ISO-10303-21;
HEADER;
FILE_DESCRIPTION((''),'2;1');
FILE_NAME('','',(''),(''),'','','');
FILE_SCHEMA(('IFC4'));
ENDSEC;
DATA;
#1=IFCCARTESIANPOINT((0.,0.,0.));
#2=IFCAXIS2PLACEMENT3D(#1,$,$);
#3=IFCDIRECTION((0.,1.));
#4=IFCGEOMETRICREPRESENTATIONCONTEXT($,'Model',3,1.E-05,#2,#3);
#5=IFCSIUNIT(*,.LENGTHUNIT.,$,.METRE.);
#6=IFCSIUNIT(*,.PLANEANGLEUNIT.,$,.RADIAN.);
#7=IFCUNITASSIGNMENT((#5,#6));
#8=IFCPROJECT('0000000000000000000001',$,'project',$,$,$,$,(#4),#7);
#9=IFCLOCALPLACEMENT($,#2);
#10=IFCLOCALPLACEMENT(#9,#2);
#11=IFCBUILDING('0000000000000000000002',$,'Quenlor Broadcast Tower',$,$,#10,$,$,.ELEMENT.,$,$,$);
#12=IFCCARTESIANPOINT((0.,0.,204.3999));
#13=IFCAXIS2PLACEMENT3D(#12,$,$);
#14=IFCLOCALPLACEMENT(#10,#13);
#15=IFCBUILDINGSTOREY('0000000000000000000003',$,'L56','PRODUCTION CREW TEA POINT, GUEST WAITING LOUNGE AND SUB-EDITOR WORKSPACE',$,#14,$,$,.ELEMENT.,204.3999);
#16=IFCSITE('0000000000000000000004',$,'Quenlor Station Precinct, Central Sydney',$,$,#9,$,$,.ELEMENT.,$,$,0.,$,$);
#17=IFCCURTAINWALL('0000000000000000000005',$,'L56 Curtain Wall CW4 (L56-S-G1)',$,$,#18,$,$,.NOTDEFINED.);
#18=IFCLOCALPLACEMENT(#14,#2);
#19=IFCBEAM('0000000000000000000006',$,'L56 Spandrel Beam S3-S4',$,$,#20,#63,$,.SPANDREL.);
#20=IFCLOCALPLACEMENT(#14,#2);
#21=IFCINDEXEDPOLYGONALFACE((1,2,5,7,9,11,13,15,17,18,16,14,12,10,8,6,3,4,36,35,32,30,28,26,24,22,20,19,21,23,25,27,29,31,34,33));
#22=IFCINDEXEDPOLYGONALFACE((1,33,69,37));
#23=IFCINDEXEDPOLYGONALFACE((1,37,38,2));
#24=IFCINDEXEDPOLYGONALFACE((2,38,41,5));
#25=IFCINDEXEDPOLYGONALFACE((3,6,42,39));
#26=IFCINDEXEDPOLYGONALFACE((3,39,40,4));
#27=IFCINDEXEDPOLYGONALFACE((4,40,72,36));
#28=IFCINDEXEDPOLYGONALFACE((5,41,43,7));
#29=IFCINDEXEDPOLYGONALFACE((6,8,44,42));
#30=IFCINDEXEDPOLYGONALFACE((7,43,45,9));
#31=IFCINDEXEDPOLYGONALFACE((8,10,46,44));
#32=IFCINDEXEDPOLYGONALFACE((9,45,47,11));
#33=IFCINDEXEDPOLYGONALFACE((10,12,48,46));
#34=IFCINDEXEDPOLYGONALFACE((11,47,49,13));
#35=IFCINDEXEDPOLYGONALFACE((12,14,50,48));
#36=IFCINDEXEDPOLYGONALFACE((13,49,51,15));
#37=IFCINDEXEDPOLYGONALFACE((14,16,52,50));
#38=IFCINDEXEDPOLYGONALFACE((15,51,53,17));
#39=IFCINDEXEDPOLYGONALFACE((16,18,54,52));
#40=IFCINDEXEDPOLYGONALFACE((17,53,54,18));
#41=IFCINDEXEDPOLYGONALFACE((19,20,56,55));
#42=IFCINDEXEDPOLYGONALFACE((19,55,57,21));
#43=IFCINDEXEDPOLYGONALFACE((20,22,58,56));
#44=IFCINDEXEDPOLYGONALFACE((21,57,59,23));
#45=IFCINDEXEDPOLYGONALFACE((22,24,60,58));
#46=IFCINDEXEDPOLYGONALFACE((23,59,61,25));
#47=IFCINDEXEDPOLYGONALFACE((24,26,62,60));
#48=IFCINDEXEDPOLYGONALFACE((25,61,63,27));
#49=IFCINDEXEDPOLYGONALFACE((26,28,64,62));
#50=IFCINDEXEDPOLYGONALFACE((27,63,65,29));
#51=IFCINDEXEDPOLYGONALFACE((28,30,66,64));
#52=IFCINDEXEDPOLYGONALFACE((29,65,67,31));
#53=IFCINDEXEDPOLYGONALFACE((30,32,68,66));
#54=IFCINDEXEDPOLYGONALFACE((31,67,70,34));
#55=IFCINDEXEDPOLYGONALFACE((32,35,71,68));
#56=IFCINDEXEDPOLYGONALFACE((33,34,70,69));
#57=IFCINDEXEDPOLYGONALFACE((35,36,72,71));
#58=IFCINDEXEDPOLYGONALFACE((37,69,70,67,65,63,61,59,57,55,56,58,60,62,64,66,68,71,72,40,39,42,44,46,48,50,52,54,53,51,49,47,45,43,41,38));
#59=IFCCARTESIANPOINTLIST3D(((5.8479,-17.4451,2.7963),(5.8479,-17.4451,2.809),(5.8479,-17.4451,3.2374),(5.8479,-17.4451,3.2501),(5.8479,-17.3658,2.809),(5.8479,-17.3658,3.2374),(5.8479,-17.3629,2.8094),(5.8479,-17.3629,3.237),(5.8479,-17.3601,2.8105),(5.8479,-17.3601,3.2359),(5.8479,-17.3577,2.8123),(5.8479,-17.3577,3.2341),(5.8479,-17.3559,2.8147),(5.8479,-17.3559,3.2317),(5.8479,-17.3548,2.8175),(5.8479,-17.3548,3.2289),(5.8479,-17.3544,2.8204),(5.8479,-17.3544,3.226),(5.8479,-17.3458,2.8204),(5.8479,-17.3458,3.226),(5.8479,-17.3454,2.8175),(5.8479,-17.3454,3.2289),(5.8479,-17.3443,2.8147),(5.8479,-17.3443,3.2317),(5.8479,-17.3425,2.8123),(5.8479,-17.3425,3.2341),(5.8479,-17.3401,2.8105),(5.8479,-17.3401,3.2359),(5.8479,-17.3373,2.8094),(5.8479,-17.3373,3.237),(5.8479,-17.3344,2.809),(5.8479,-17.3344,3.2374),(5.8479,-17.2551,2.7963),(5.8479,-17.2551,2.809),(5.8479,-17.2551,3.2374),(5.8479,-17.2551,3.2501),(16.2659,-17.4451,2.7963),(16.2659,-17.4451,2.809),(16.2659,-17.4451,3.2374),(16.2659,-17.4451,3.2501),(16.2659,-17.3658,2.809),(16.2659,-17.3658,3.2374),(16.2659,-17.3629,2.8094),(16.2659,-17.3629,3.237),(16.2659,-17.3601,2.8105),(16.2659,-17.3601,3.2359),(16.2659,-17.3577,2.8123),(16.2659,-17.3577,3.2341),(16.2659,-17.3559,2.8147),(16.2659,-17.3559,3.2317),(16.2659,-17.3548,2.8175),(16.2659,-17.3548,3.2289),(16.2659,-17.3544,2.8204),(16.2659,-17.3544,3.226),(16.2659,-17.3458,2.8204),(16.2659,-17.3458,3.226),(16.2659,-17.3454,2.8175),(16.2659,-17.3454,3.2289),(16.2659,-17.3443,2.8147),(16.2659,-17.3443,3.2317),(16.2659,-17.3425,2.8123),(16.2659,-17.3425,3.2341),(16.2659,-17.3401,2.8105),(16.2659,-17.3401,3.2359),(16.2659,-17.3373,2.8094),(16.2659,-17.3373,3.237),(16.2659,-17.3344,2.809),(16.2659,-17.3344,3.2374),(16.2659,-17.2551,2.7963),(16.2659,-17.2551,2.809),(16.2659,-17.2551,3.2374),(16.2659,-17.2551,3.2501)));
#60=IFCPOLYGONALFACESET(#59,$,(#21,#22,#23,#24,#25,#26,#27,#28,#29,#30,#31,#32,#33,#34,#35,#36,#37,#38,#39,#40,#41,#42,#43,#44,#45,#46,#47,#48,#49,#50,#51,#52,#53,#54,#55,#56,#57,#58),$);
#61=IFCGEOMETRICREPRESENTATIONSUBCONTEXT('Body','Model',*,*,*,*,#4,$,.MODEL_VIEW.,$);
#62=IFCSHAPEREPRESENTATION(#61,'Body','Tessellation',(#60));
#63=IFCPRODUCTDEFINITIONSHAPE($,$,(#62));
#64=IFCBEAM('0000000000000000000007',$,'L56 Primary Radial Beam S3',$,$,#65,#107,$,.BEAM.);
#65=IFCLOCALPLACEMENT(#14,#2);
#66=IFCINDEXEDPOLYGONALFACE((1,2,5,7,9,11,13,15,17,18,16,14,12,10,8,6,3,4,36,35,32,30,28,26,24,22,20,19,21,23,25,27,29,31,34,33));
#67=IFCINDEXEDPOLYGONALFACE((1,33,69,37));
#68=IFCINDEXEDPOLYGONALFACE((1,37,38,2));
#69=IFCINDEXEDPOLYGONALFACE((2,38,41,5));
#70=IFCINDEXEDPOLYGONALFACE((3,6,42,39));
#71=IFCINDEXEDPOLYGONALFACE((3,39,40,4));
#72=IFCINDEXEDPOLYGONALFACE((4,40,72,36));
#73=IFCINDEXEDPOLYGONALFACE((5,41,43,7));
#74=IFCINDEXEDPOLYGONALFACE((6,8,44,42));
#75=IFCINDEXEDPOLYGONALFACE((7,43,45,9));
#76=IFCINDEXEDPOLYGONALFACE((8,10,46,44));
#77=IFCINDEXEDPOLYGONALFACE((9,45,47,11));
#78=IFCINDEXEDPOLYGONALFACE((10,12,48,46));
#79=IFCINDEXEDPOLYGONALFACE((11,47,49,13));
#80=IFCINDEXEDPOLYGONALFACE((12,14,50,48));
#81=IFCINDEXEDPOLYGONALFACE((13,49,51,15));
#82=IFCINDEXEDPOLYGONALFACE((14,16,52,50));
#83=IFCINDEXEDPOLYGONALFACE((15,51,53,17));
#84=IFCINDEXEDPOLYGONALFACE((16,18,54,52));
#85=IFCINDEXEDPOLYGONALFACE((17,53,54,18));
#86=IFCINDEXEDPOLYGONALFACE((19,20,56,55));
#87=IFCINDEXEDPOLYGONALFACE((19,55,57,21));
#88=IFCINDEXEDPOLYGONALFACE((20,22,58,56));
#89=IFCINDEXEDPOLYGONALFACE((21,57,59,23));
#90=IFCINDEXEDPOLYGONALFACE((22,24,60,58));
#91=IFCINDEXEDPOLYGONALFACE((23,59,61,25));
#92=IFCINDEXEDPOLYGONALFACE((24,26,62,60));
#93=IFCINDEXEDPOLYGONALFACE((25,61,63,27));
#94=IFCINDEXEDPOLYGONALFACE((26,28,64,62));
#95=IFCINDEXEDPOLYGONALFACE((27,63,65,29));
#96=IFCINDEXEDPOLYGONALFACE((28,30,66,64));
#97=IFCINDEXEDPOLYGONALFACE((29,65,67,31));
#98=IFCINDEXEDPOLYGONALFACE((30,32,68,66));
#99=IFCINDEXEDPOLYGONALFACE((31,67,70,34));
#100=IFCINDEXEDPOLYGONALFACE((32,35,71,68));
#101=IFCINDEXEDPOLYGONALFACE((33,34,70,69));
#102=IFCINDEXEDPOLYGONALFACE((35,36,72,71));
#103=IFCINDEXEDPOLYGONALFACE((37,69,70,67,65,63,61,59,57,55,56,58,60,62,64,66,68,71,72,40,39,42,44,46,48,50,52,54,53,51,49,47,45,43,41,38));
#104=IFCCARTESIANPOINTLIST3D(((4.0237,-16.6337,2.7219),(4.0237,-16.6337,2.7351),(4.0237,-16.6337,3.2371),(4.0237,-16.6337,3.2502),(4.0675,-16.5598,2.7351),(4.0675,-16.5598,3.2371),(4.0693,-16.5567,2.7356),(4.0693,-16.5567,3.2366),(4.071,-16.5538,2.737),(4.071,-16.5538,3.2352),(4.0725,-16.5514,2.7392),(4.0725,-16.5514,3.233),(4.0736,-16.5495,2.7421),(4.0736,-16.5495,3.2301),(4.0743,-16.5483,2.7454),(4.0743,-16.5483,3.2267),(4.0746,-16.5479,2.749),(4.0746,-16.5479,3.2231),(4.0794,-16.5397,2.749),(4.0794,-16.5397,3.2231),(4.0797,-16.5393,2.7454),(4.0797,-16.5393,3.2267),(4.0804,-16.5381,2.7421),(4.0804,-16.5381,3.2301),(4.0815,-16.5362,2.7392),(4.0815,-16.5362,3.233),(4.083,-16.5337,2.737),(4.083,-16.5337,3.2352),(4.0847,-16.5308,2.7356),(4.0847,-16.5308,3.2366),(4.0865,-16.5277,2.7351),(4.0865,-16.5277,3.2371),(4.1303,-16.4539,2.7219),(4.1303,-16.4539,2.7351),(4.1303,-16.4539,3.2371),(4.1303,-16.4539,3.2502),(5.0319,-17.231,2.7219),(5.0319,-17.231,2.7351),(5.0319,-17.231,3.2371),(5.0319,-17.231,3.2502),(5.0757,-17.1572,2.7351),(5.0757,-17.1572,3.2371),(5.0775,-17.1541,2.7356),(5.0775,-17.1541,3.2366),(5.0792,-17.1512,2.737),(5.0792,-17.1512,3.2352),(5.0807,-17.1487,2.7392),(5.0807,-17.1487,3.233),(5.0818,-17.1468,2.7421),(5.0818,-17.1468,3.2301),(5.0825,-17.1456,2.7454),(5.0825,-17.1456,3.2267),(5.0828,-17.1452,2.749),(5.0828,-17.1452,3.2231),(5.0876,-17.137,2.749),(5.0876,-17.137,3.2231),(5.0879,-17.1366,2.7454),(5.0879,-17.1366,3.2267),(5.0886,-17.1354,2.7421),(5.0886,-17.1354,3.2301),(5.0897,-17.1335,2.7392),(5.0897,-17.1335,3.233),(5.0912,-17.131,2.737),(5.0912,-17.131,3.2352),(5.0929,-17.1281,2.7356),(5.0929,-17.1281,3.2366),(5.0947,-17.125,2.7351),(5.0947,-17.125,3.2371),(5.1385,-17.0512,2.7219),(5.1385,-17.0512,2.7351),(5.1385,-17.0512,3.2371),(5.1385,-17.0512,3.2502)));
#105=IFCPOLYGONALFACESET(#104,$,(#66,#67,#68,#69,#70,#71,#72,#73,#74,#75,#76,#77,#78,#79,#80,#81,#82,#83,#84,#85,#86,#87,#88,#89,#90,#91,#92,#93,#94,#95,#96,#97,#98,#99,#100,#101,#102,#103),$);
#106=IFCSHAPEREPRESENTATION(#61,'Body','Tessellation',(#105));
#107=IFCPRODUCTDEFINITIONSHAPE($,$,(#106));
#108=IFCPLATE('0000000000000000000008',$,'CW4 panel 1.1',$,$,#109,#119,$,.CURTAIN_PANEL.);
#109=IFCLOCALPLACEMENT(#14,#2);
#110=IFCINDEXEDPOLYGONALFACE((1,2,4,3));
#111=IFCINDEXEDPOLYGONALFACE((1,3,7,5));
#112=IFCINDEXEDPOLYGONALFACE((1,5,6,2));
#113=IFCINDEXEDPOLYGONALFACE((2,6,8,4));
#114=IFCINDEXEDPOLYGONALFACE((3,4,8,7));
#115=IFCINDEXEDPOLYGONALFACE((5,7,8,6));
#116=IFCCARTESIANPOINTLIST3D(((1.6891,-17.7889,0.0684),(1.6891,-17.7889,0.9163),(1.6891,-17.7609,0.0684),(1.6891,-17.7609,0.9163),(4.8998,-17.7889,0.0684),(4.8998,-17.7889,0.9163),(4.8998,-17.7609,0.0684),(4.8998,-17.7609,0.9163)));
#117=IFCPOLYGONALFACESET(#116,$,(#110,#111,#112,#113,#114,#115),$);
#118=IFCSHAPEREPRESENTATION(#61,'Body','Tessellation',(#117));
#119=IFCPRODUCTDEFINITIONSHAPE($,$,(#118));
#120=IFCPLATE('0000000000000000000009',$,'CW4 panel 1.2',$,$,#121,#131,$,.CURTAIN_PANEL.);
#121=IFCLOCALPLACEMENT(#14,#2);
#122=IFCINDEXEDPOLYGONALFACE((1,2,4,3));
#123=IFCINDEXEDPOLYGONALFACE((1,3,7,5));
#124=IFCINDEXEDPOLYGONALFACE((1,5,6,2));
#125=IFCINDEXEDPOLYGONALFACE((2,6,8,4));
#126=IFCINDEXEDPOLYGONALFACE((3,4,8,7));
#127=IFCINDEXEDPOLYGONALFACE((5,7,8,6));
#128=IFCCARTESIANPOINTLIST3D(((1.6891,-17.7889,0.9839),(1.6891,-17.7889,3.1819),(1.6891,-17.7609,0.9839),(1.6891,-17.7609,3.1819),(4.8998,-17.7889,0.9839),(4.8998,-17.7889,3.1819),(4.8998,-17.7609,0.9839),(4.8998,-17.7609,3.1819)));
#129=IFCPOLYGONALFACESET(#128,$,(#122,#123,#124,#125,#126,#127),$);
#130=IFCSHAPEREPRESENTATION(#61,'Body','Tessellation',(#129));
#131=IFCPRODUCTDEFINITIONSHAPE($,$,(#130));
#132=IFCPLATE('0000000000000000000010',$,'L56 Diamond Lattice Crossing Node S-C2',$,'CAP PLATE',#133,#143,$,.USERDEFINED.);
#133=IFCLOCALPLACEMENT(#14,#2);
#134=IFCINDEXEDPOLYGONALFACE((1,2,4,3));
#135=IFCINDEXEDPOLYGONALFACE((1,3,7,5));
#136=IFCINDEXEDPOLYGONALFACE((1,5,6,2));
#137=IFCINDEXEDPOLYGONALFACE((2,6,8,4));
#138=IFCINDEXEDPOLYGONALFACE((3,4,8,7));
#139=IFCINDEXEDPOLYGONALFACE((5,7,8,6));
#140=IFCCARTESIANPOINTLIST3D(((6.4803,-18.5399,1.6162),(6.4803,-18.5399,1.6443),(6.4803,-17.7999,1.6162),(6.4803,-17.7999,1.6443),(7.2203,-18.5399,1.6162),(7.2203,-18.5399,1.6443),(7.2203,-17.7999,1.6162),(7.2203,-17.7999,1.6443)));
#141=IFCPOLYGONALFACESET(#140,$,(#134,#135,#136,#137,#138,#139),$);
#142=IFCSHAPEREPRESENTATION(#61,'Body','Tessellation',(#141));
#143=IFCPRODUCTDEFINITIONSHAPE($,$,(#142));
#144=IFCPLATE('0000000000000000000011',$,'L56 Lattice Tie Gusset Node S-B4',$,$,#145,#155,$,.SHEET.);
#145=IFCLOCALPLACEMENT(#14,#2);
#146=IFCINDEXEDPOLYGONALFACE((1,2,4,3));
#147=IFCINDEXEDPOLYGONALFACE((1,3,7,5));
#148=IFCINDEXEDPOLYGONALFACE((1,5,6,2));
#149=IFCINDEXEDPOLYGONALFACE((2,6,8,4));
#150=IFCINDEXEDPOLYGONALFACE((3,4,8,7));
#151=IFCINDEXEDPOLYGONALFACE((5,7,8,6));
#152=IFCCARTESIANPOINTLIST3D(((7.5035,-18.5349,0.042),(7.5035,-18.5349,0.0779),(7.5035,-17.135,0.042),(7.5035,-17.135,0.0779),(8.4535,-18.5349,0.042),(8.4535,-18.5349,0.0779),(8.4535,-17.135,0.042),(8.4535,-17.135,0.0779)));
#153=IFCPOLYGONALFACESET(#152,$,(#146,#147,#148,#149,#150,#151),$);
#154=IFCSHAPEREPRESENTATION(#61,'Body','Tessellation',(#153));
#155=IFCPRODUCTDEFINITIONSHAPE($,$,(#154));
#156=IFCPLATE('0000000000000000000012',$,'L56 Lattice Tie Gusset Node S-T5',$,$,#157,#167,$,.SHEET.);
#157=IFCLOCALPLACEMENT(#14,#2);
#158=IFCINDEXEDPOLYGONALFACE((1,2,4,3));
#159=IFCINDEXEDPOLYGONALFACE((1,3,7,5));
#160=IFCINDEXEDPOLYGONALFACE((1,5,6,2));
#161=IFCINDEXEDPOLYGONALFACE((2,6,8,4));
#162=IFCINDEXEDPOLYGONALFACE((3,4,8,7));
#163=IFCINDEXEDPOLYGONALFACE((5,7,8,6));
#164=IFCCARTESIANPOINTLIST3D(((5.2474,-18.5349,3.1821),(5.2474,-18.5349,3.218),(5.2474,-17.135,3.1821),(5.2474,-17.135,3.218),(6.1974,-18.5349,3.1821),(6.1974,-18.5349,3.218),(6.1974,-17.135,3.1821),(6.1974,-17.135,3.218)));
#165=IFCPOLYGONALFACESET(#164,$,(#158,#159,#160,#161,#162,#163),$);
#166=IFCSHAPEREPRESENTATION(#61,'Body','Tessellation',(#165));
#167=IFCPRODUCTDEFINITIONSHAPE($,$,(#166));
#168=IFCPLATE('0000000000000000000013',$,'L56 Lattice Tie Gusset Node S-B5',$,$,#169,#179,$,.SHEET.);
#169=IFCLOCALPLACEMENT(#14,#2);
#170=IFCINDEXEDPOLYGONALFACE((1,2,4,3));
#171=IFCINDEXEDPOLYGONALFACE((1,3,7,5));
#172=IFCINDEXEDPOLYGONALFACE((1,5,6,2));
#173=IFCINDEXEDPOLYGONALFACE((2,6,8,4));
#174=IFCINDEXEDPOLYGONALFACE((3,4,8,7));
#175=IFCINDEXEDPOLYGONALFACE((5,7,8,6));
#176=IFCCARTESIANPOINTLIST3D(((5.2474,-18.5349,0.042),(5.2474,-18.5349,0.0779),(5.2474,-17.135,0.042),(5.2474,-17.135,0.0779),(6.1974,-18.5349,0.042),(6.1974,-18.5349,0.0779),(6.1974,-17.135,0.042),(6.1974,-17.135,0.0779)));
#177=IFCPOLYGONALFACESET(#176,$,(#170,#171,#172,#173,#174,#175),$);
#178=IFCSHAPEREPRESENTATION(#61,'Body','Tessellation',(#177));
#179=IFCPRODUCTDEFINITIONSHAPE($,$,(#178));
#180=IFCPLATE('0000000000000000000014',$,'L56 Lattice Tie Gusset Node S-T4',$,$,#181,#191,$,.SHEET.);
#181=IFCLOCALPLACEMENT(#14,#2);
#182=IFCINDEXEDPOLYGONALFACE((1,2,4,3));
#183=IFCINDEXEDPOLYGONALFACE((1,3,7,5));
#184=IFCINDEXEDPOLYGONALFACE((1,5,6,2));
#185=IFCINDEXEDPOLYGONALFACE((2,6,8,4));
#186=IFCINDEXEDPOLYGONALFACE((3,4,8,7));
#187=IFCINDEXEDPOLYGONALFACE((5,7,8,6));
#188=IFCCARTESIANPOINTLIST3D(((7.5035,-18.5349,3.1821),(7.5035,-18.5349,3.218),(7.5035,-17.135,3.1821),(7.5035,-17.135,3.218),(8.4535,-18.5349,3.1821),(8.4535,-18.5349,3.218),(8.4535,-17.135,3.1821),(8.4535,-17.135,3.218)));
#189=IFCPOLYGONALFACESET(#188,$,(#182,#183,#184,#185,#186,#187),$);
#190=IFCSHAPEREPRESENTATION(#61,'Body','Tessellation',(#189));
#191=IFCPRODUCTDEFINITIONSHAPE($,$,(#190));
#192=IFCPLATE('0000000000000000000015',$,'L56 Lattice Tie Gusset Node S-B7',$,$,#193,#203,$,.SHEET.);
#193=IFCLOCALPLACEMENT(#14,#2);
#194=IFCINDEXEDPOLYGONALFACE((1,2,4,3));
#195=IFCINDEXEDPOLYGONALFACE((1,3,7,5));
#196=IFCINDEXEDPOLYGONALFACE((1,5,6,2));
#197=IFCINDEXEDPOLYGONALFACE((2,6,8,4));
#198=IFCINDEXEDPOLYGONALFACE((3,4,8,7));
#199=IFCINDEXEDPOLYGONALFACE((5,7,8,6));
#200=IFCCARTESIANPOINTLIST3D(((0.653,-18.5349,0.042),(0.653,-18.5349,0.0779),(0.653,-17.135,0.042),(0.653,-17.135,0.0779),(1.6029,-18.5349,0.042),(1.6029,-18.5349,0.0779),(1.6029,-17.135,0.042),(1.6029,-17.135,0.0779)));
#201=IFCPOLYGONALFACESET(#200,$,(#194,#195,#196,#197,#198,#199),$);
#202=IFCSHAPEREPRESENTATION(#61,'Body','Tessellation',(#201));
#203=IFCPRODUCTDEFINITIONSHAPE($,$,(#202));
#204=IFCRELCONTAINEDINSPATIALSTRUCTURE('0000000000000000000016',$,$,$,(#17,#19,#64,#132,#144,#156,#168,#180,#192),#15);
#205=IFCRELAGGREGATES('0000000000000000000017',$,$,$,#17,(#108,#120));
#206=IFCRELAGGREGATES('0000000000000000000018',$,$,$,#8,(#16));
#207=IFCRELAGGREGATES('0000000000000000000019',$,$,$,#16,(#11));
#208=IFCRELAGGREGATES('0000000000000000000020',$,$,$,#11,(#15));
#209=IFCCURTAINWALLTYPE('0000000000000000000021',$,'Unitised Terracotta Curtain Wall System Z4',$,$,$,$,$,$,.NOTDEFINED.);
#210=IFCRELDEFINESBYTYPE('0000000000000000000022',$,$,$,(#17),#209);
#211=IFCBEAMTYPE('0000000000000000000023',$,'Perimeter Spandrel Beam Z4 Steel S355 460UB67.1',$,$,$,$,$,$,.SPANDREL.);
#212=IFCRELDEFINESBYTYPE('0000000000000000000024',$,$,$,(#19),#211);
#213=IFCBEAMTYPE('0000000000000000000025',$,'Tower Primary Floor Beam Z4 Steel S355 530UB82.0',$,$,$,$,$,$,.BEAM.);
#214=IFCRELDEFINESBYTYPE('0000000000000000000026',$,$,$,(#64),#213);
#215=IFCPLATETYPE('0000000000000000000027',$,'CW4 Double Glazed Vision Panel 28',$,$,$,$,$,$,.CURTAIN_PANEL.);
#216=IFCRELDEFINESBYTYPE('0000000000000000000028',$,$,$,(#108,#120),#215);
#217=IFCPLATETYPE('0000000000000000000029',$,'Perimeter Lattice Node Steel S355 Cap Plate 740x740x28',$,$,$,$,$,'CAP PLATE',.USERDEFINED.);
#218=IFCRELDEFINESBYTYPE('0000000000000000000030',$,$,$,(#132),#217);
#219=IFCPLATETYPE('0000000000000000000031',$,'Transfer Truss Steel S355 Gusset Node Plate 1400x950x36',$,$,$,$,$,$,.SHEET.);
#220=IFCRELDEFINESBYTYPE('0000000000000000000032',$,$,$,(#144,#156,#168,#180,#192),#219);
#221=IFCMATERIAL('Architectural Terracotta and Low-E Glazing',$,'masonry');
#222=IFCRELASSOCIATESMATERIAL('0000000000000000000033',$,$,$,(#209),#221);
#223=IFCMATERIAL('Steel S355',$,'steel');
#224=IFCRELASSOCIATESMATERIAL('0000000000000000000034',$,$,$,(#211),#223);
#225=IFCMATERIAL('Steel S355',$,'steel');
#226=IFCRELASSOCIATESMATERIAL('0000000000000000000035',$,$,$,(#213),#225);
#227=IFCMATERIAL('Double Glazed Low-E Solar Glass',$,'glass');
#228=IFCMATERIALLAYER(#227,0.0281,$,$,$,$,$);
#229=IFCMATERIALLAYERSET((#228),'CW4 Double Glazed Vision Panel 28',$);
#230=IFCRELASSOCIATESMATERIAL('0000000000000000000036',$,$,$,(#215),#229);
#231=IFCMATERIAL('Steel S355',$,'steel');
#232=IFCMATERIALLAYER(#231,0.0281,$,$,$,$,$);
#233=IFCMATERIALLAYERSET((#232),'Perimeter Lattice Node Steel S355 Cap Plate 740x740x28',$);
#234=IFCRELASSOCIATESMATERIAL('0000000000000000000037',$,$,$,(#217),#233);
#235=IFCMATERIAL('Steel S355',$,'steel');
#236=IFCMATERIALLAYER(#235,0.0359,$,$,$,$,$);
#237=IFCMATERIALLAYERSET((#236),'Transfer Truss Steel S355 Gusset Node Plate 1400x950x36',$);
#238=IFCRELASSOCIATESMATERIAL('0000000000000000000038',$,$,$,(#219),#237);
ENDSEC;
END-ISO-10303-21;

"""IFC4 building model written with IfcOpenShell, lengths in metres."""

from ifc_helpers import new_model, si_unit, direction, frame, origin, origin_2d, place, context, subcontext, project, spatial, rectangle, i_section, extrude, material, layer, layer_set, material_profile, profile_set, type_object, element, aggregate, save


model = new_model("IFC4")

# Units and contexts
model_context = context("Model", 3, precision=1e-05, world=origin(), true_north=direction((0.0, 1.0)))
body_context = subcontext(model_context, "Body", "Model", "MODEL_VIEW")
ifc_project = project(units=[si_unit("LENGTHUNIT", "METRE"), si_unit("PLANEANGLEUNIT", "RADIAN")], contexts=[model_context])

# Site, building, storey
site_placement = place(None, origin())
site = spatial("IfcSite", under=ifc_project, at=site_placement, Name="Quenlor Station Precinct, Central Sydney", CompositionType="ELEMENT", RefElevation=0.0)
building_placement = place(site_placement, origin())
building = spatial("IfcBuilding", under=site, at=building_placement, Name="Quenlor Broadcast Tower", CompositionType="ELEMENT")
storey_placement = place(building_placement, frame((0.0, 0.0, 204.3999)))
storey = spatial("IfcBuildingStorey", under=building, at=storey_placement, Name="L56", Description="PRODUCTION CREW TEA POINT, GUEST WAITING LOUNGE AND SUB-EDITOR WORKSPACE", CompositionType="ELEMENT", Elevation=204.3999)

# Curtain wall
ifc_material_1 = material(Name="Architectural Terracotta and Low-E Glazing", Category="masonry")
curtain_wall_type = type_object("IfcCurtainWallType", Name="Unitised Terracotta Curtain Wall System Z4", PredefinedType="NOTDEFINED", material=ifc_material_1)
curtain_wall_placement = place(storey_placement, origin())
curtain_wall = element("IfcCurtainWall", 1, at=curtain_wall_placement, inside=storey, type_object=curtain_wall_type, Name="L56 Curtain Wall CW4 (L56-S-G1)", PredefinedType="NOTDEFINED")

# Beams
ifc_material_2 = material(Name="Steel S355", Category="steel")
ifc_material_profile_1 = material_profile(ifc_material_2, i_section(OverallWidth=0.1899, OverallDepth=0.4539, WebThickness=0.0085, FlangeThickness=0.0127, FilletRadius=0.0115, at=origin_2d()))
ifc_profile_set_1 = profile_set([ifc_material_profile_1], Name="Steel S355 460UB67.1")
beam_type_1 = type_object("IfcBeamType", Name="Perimeter Spandrel Beam Z4 Steel S355 460UB67.1", PredefinedType="SPANDREL", material=ifc_profile_set_1)
beam_1_placement = place(storey_placement, frame((5.8479, -17.3501, 3.0232), z_axis=(1.0, 0.0, 0.0), x_axis=(0.0, 1.0, 0.0)))
element("IfcBeam", 2, at=beam_1_placement, inside=storey, type_object=beam_type_1, Name="L56 Spandrel Beam S3-S4", PredefinedType="SPANDREL", context=body_context, shape_type="SweptSolid", body=[
    extrude(i_section(OverallWidth=0.1899, OverallDepth=0.4539, WebThickness=0.0085, FlangeThickness=0.0127, FilletRadius=0.0115, at=origin_2d()), origin(), (0.0, 0.0, 1.0), 10.418),
])
ifc_material_3 = material(Name="Steel S355", Category="steel")
ifc_material_profile_2 = material_profile(ifc_material_3, i_section(OverallWidth=0.209, OverallDepth=0.5283, WebThickness=0.0095, FlangeThickness=0.0132, FilletRadius=0.0139, at=origin_2d()))
ifc_profile_set_2 = profile_set([ifc_material_profile_2], Name="Steel S355 530UB82.0")
beam_type_2 = type_object("IfcBeamType", Name="Tower Primary Floor Beam Z4 Steel S355 530UB82.0", PredefinedType="BEAM", material=ifc_profile_set_2)
beam_2_placement = place(storey_placement, frame((5.0852, -17.1411, 2.9861), z_axis=(-0.860329, 0.50974, 0.0), x_axis=(-0.50974, -0.860329, 0.0)))
element("IfcBeam", 3, at=beam_2_placement, inside=storey, type_object=beam_type_2, Name="L56 Primary Radial Beam S3", PredefinedType="BEAM", context=body_context, shape_type="SweptSolid", body=[
    extrude(i_section(OverallWidth=0.209, OverallDepth=0.5283, WebThickness=0.0095, FlangeThickness=0.0132, FilletRadius=0.0139, at=origin_2d()), origin(), (0.0, 0.0, 1.0), 1.1719),
])

# Plates
ifc_material_4 = material(Name="Double Glazed Low-E Solar Glass", Category="glass")
ifc_layer_1 = layer(ifc_material_4, 0.0281)
ifc_layer_set_1 = layer_set([ifc_layer_1], Name="CW4 Double Glazed Vision Panel 28")
plate_type_1 = type_object("IfcPlateType", Name="CW4 Double Glazed Vision Panel 28", PredefinedType="CURTAIN_PANEL", material=ifc_layer_set_1)
plate_1_placement = place(storey_placement, frame((3.2944, -17.7749, 0.0684), z_axis=(0.0, 0.0, 1.0), x_axis=(-1.0, 0.0, 0.0)))
plate_1 = element("IfcPlate", 4, at=plate_1_placement, type_object=plate_type_1, Name="CW4 panel 1.1", PredefinedType="CURTAIN_PANEL", context=body_context, shape_type="SweptSolid", body=[
    extrude(rectangle(XDim=3.2107, YDim=0.0281, at=origin_2d()), origin(), (0.0, 0.0, 1.0), 0.8479),
])
plate_2_placement = place(storey_placement, frame((3.2944, -17.7749, 0.9839), z_axis=(0.0, 0.0, 1.0), x_axis=(-1.0, 0.0, 0.0)))
plate_2 = element("IfcPlate", 5, at=plate_2_placement, type_object=plate_type_1, Name="CW4 panel 1.2", PredefinedType="CURTAIN_PANEL", context=body_context, shape_type="SweptSolid", body=[
    extrude(rectangle(XDim=3.2107, YDim=0.0281, at=origin_2d()), origin(), (0.0, 0.0, 1.0), 2.198),
])
aggregate(curtain_wall, [plate_1, plate_2])

# Plates
ifc_material_5 = material(Name="Steel S355", Category="steel")
ifc_layer_2 = layer(ifc_material_5, 0.0281)
ifc_layer_set_2 = layer_set([ifc_layer_2], Name="Perimeter Lattice Node Steel S355 Cap Plate 740x740x28")
plate_type_2 = type_object("IfcPlateType", Name="Perimeter Lattice Node Steel S355 Cap Plate 740x740x28", ElementType="CAP PLATE", PredefinedType="USERDEFINED", material=ifc_layer_set_2)
plate_3_placement = place(storey_placement, frame((6.8503, -18.1699, 1.6162), z_axis=(0.0, 0.0, 1.0), x_axis=(-1.0, 0.0, 0.0)))
element("IfcPlate", 6, at=plate_3_placement, inside=storey, type_object=plate_type_2, Name="L56 Diamond Lattice Crossing Node S-C2", ObjectType="CAP PLATE", PredefinedType="USERDEFINED", context=body_context, shape_type="SweptSolid", body=[
    extrude(rectangle(XDim=0.74, YDim=0.74, at=origin_2d()), origin(), (0.0, 0.0, 1.0), 0.0281),
])
ifc_material_6 = material(Name="Steel S355", Category="steel")
ifc_layer_3 = layer(ifc_material_6, 0.0359)
ifc_layer_set_3 = layer_set([ifc_layer_3], Name="Transfer Truss Steel S355 Gusset Node Plate 1400x950x36")
plate_type_3 = type_object("IfcPlateType", Name="Transfer Truss Steel S355 Gusset Node Plate 1400x950x36", PredefinedType="SHEET", material=ifc_layer_set_3)
for number, where, z_axis, x_axis, name in (
    (7, (7.9785, -17.835, 0.042), (0.0, 0.0, 1.0), (0.0, -1.0, 0.0), "L56 Lattice Tie Gusset Node S-B4"),
    (8, (5.7224, -17.835, 3.1821), (0.0, 0.0, 1.0), (0.0, -1.0, 0.0), "L56 Lattice Tie Gusset Node S-T5"),
    (9, (5.7224, -17.835, 0.042), (0.0, 0.0, 1.0), (0.0, -1.0, 0.0), "L56 Lattice Tie Gusset Node S-B5"),
    (10, (7.9785, -17.835, 3.1821), (0.0, 0.0, 1.0), (0.0, -1.0, 0.0), "L56 Lattice Tie Gusset Node S-T4"),
    (11, (1.1279, -17.835, 0.042), (0.0, 0.0, 1.0), (0.0, -1.0, 0.0), "L56 Lattice Tie Gusset Node S-B7"),
):
    element("IfcPlate", number, at=place(storey_placement, frame(where, z_axis=z_axis, x_axis=x_axis)), inside=storey, type_object=plate_type_3, Name=name, PredefinedType="SHEET", context=body_context, shape_type="SweptSolid", body=[
        extrude(rectangle(XDim=1.3999, YDim=0.95, at=origin_2d()), origin(), (0.0, 0.0, 1.0), 0.0359),
    ])

save(model, "model.ifc")
